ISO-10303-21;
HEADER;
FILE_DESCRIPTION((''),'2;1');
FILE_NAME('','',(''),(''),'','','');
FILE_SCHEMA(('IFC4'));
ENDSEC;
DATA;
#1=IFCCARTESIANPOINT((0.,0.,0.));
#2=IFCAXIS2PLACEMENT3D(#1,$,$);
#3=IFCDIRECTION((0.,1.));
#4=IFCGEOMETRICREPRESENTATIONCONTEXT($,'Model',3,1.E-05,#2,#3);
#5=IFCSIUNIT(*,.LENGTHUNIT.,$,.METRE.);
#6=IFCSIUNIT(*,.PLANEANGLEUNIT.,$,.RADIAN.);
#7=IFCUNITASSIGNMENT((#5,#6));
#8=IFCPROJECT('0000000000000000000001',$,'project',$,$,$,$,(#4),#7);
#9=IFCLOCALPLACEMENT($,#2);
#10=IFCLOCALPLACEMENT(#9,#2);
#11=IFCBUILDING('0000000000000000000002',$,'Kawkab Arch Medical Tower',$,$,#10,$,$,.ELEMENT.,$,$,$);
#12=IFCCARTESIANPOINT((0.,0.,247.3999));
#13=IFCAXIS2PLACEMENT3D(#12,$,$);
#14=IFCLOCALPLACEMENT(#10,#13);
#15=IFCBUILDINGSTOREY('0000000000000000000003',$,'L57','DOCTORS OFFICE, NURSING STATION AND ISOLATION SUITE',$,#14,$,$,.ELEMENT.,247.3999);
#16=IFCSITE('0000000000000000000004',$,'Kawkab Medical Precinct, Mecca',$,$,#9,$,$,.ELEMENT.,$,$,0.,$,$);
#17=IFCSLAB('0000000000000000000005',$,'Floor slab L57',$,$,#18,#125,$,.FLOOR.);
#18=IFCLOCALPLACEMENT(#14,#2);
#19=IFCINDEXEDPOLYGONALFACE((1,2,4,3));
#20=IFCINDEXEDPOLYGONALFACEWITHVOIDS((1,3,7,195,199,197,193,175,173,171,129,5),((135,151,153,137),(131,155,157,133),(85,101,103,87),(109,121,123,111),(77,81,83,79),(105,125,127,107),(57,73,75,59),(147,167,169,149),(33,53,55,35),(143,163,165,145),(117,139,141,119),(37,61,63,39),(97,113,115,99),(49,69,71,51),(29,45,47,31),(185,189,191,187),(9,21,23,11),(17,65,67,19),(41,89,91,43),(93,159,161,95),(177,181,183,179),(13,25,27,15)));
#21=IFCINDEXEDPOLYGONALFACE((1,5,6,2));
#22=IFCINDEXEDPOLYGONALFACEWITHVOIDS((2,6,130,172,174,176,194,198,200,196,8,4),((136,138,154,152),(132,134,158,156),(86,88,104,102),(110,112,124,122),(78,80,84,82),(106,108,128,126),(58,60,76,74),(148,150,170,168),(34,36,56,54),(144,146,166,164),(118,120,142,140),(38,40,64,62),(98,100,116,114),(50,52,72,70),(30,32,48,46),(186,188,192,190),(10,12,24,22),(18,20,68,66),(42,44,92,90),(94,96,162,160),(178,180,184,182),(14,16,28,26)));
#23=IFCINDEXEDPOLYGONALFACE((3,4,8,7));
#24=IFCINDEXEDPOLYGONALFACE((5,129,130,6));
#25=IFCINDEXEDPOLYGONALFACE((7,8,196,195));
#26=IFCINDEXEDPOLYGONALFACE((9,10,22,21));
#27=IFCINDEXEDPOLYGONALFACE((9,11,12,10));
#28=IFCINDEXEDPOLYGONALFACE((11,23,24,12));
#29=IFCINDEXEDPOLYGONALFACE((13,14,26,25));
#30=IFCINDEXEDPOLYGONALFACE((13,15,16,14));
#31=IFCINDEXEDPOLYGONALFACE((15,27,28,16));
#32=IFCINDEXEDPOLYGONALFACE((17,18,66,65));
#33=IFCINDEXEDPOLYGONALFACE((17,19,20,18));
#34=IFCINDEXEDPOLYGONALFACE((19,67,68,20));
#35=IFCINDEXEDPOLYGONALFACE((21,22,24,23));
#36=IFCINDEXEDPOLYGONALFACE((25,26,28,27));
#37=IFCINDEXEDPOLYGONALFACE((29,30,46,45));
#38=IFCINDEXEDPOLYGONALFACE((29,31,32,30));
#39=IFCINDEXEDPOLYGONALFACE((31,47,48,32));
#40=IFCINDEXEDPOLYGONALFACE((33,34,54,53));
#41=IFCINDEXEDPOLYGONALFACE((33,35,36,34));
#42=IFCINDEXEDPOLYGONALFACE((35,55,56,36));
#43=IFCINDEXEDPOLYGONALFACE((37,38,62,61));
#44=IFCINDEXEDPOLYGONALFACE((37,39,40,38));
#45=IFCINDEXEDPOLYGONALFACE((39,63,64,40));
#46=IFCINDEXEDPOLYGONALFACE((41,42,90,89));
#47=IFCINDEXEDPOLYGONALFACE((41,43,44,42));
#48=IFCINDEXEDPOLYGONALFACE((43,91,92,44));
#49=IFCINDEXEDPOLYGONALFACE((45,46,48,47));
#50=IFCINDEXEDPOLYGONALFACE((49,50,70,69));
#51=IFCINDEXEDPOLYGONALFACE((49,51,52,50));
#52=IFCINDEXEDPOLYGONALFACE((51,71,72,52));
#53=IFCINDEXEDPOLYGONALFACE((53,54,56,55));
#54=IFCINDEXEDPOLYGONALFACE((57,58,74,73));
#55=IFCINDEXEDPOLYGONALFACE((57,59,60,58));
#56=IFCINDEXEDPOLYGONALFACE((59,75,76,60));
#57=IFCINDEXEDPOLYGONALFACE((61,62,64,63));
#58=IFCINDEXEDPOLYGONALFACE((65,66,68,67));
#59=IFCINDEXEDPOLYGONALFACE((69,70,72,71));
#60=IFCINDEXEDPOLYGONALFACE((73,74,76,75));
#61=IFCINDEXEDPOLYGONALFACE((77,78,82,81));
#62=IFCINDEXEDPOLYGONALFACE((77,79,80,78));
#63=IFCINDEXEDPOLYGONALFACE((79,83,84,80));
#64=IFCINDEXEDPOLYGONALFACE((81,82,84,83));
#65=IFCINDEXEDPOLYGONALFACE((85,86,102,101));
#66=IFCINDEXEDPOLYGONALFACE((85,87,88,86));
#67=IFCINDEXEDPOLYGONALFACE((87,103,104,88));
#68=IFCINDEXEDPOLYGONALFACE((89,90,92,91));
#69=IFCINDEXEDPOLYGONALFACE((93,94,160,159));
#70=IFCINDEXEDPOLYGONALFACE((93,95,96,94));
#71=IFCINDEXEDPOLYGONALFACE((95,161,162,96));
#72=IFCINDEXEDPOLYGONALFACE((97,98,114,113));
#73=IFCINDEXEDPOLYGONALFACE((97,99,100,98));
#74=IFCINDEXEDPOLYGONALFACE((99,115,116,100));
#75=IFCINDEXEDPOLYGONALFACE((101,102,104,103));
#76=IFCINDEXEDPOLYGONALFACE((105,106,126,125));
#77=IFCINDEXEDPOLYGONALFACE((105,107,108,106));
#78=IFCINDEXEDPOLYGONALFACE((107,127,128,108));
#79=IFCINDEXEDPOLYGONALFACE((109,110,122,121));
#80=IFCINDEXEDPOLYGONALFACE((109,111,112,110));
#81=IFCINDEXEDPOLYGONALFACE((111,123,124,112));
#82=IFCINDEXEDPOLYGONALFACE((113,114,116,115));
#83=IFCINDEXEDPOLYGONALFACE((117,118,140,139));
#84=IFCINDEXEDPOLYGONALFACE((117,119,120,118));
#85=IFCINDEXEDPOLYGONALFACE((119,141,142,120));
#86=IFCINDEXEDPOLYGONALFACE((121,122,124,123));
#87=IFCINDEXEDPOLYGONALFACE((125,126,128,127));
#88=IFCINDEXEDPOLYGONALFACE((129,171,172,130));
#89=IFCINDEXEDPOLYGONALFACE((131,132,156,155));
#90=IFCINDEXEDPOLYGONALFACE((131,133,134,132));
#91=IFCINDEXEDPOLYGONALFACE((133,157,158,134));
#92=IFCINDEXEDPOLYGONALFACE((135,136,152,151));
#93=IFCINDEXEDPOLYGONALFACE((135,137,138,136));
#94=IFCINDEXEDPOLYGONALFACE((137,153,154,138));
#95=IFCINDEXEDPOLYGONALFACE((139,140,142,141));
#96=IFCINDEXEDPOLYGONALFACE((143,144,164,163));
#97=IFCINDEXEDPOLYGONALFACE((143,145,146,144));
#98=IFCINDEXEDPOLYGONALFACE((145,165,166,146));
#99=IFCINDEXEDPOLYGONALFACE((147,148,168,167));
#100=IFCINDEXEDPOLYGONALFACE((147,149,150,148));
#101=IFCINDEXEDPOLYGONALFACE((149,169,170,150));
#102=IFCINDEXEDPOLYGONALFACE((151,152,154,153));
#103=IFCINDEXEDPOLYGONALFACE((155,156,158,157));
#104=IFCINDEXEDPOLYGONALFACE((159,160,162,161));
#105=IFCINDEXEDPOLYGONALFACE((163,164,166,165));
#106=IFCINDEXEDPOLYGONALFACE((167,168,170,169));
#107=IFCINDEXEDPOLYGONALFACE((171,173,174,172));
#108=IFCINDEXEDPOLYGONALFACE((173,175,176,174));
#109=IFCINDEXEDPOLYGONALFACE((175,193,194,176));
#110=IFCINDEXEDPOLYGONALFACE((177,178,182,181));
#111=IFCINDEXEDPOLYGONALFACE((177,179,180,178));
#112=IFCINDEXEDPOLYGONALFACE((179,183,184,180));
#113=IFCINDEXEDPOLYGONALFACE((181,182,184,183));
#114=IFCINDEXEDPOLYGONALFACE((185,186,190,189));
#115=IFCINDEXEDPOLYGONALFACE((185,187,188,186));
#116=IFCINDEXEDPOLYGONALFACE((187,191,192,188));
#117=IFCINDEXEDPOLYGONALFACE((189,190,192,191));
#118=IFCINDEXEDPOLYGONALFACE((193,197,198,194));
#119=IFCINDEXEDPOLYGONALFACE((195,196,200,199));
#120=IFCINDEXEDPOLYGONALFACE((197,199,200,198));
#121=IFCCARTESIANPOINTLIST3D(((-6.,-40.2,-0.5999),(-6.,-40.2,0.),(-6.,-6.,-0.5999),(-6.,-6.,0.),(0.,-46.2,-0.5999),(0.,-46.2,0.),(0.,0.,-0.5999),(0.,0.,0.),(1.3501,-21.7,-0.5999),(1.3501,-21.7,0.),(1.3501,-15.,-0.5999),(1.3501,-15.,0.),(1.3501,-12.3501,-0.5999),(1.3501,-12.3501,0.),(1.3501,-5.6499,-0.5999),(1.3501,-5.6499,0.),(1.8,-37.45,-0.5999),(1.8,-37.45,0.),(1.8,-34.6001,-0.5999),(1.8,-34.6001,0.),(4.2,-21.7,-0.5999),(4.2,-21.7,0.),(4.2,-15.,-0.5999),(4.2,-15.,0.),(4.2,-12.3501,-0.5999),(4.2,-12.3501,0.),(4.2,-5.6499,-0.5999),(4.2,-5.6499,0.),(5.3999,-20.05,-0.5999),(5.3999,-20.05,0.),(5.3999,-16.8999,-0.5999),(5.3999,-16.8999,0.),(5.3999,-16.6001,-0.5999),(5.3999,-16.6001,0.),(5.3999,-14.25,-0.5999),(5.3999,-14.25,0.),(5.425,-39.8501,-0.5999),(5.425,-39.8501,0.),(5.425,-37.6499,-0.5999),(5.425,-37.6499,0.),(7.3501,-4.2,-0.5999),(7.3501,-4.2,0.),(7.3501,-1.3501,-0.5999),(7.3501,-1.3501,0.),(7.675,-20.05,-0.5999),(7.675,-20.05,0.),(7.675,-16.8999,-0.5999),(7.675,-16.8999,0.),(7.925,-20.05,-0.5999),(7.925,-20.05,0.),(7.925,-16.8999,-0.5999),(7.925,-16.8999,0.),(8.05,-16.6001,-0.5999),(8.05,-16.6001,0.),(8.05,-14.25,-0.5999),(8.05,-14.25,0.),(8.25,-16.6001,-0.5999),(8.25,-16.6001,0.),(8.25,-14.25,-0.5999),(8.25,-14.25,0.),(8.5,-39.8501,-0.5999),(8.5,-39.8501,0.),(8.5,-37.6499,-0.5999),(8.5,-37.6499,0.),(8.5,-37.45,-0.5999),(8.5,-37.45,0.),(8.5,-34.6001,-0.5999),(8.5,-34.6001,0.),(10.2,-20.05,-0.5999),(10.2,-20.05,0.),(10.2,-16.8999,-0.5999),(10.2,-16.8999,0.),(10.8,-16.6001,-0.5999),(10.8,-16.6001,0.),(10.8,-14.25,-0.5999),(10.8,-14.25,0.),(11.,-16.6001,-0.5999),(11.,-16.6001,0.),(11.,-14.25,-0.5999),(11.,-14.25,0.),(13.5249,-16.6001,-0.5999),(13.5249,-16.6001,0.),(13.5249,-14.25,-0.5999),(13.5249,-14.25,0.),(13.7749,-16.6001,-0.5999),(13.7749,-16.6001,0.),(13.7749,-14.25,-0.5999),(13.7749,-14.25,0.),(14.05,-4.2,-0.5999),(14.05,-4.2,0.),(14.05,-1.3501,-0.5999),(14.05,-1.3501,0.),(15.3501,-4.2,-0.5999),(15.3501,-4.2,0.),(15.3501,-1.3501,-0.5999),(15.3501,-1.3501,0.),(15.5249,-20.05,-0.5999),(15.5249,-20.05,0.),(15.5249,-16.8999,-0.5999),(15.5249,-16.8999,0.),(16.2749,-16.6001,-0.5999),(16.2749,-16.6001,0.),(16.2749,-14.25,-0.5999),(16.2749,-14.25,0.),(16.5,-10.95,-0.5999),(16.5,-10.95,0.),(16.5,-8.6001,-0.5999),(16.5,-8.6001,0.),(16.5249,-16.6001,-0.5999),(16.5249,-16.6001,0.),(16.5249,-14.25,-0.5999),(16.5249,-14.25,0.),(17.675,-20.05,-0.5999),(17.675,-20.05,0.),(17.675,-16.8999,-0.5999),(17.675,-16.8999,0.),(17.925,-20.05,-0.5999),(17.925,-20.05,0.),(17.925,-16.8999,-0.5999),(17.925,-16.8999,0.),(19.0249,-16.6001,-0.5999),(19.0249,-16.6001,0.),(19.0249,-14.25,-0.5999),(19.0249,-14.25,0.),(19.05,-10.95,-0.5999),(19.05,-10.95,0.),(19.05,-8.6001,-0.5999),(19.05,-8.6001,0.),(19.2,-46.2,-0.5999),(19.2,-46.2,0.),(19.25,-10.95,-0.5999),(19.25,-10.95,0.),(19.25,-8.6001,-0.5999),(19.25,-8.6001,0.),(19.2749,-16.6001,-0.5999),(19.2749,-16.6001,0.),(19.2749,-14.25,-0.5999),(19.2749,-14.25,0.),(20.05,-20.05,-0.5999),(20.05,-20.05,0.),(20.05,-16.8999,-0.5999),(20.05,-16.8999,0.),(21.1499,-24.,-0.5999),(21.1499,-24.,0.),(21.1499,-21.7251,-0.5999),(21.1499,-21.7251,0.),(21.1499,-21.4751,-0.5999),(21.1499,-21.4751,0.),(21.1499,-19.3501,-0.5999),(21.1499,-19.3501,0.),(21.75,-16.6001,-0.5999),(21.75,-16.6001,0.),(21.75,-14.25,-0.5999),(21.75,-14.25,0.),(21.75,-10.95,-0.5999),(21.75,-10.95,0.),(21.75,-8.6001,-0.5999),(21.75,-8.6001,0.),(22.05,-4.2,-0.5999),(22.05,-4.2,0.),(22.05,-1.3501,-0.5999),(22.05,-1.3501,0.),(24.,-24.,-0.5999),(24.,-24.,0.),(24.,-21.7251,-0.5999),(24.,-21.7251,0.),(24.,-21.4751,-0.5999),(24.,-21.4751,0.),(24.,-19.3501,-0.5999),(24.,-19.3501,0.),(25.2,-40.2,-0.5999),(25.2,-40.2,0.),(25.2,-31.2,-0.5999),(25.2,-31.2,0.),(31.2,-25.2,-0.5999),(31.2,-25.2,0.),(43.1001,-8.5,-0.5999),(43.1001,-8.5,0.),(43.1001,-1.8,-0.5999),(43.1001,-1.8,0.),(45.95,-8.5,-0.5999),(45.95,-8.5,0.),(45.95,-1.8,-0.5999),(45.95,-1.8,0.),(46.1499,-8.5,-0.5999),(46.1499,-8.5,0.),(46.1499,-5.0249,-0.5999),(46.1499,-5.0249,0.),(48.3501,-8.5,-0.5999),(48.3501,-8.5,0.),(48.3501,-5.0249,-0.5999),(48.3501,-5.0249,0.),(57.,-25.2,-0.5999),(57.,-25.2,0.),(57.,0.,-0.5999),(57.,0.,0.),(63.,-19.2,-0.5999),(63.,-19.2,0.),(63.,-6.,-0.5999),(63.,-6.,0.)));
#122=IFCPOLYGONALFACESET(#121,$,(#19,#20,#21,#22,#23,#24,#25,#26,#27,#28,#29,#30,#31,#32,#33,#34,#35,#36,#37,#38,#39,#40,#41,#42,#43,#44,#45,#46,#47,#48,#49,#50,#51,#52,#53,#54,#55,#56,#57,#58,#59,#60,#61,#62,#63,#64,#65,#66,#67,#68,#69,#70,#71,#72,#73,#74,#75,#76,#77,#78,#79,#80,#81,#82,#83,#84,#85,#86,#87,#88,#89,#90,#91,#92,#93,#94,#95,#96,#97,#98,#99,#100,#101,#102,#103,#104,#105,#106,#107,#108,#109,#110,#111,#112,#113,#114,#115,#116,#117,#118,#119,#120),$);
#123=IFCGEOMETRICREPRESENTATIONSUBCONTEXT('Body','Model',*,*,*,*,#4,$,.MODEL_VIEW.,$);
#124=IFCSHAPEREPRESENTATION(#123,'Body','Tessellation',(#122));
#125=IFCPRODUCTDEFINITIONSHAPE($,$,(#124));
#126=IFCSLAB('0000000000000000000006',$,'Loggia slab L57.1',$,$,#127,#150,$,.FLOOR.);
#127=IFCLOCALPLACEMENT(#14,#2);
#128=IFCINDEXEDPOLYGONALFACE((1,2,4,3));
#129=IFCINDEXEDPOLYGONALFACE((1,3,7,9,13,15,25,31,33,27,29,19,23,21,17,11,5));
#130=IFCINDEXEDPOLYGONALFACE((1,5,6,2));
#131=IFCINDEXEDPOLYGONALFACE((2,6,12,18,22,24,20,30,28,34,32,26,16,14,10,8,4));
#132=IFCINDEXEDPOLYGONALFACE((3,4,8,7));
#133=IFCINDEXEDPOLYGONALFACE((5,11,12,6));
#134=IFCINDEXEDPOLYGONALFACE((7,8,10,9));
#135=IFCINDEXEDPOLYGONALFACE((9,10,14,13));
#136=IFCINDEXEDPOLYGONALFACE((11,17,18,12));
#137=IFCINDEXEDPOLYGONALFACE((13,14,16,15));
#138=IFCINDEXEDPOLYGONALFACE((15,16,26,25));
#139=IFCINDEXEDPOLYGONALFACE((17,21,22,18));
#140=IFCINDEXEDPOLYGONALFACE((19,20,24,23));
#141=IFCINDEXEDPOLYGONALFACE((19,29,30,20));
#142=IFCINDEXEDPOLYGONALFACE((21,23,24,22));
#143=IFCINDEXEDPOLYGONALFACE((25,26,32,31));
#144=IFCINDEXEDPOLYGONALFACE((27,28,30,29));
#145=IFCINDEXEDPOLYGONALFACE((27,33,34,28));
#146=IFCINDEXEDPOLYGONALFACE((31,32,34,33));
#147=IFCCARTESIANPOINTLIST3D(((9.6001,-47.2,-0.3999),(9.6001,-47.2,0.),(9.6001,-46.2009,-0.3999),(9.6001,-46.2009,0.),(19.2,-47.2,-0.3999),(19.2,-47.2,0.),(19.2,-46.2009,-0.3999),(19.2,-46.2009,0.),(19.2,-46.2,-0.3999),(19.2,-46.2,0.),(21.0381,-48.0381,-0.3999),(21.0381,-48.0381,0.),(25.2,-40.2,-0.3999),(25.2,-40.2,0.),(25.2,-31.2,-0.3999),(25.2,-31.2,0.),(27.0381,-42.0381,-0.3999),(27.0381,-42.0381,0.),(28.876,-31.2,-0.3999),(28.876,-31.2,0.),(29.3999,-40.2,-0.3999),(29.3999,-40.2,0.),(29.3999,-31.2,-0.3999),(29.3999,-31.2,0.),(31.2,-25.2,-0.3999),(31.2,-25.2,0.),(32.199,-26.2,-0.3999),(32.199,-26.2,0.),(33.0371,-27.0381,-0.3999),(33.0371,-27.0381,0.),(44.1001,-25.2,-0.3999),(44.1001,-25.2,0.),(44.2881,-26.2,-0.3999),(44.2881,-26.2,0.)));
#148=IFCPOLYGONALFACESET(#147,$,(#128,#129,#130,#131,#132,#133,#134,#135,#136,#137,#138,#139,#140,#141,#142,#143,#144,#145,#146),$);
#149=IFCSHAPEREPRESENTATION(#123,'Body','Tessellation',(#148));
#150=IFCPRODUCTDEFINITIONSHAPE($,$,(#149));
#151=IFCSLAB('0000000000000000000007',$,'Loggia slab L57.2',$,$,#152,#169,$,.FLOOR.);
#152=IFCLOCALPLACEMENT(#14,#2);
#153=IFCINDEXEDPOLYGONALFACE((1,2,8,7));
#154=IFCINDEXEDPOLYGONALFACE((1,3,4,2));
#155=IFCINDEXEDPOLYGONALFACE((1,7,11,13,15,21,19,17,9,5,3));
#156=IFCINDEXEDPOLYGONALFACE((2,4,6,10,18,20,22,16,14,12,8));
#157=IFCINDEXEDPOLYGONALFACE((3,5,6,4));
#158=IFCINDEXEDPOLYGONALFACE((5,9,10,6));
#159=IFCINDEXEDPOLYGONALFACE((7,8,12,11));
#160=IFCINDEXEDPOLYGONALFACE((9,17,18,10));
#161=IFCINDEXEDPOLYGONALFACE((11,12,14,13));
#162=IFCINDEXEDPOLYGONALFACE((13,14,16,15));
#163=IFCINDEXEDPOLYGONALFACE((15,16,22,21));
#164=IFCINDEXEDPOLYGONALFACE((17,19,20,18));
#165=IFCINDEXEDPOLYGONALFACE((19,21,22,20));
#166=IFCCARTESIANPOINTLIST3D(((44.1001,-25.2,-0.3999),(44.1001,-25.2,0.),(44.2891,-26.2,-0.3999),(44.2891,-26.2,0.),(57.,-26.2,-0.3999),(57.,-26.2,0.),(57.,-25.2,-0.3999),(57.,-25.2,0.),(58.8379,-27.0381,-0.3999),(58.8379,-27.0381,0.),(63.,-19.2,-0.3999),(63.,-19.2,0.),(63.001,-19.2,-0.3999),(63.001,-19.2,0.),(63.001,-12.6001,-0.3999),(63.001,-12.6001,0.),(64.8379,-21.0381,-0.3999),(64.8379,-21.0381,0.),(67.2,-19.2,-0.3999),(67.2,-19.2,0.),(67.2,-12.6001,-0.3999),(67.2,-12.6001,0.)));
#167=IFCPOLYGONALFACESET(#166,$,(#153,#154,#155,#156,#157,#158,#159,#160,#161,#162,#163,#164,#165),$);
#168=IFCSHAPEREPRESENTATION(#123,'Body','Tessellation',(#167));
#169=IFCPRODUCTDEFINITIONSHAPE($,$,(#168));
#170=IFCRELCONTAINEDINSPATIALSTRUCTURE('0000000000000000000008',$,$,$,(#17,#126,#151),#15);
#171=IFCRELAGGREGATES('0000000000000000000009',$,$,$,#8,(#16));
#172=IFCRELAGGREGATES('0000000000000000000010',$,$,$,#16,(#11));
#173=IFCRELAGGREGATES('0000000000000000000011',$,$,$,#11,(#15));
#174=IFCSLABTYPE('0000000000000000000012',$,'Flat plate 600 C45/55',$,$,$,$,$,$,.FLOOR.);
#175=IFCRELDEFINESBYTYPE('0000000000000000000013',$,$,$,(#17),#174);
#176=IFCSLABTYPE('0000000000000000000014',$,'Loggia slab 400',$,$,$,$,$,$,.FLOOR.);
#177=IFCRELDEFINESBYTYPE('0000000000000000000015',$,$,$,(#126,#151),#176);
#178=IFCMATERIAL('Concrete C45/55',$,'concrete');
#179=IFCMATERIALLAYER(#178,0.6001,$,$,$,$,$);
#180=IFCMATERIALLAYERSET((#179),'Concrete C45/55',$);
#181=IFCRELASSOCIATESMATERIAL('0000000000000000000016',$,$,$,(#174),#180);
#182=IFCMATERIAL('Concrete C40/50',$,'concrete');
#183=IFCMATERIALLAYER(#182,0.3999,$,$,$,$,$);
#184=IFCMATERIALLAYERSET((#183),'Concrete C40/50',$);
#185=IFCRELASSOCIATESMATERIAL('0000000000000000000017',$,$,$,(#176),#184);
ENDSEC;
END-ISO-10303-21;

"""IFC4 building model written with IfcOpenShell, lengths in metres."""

from ifc_helpers import new_model, si_unit, direction, frame, origin, place, context, subcontext, project, spatial, polyline, outline, extrude, material, layer, layer_set, type_object, element, save


model = new_model("IFC4")

# Units and contexts
model_context = context("Model", 3, precision=1e-05, world=origin(), true_north=direction((0.0, 1.0)))
body_context = subcontext(model_context, "Body", "Model", "MODEL_VIEW")
ifc_project = project(units=[si_unit("LENGTHUNIT", "METRE"), si_unit("PLANEANGLEUNIT", "RADIAN")], contexts=[model_context])

# Site, building, storey
site_placement = place(None, origin())
site = spatial("IfcSite", under=ifc_project, at=site_placement, Name="Kawkab Medical Precinct, Mecca", CompositionType="ELEMENT", RefElevation=0.0)
building_placement = place(site_placement, origin())
building = spatial("IfcBuilding", under=site, at=building_placement, Name="Kawkab Arch Medical Tower", CompositionType="ELEMENT")
storey_placement = place(building_placement, frame((0.0, 0.0, 247.3999)))
storey = spatial("IfcBuildingStorey", under=building, at=storey_placement, Name="L57", Description="DOCTORS OFFICE, NURSING STATION AND ISOLATION SUITE", CompositionType="ELEMENT", Elevation=247.3999)

# Slabs
ifc_material_1 = material(Name="Concrete C45/55", Category="concrete")
ifc_layer_1 = layer(ifc_material_1, 0.6001)
ifc_layer_set_1 = layer_set([ifc_layer_1], Name="Concrete C45/55")
slab_type_1 = type_object("IfcSlabType", Name="Flat plate 600 C45/55", PredefinedType="FLOOR", material=ifc_layer_set_1)
slab_1_placement = place(storey_placement, frame((0.0, 0.0, -0.5999)))
element("IfcSlab", 1, at=slab_1_placement, inside=storey, type_object=slab_type_1, Name="Floor slab L57", PredefinedType="FLOOR", context=body_context, shape_type="SweptSolid", body=[
    extrude(outline(polyline([(0.0, 0.0), (57.0, 0.0), (63.0, -6.0), (63.0, -19.2), (57.0, -25.2), (31.2, -25.2), (25.2, -31.2), (25.2, -40.2), (19.2, -46.2), (0.0, -46.2), (-6.0, -40.2), (-6.0, -6.0), (0.0, 0.0)]), holes=[polyline([(5.425, -37.6499), (5.425, -39.8501), (8.5, -39.8501), (8.5, -37.6499), (5.425, -37.6499)]), polyline([(8.5, -37.45), (8.5, -34.6001), (1.8, -34.6001), (1.8, -37.45), (8.5, -37.45)]), polyline([(5.3999, -20.05), (7.675, -20.05), (7.675, -16.8999), (5.3999, -16.8999), (5.3999, -20.05)]), polyline([(10.2, -20.05), (10.2, -16.8999), (7.925, -16.8999), (7.925, -20.05), (10.2, -20.05)]), polyline([(4.2, -21.7), (4.2, -15.0), (1.3501, -15.0), (1.3501, -21.7), (4.2, -21.7)]), polyline([(5.3999, -16.6001), (8.05, -16.6001), (8.05, -14.25), (5.3999, -14.25), (5.3999, -16.6001)]), polyline([(8.25, -14.25), (8.25, -16.6001), (10.8, -16.6001), (10.8, -14.25), (8.25, -14.25)]), polyline([(13.5249, -14.25), (11.0, -14.25), (11.0, -16.6001), (13.5249, -16.6001), (13.5249, -14.25)]), polyline([(13.7749, -14.25), (13.7749, -16.6001), (16.2749, -16.6001), (16.2749, -14.25), (13.7749, -14.25)]), polyline([(4.2, -12.3501), (4.2, -5.6499), (1.3501, -5.6499), (1.3501, -12.3501), (4.2, -12.3501)]), polyline([(7.3501, -4.2), (14.05, -4.2), (14.05, -1.3501), (7.3501, -1.3501), (7.3501, -4.2)]), polyline([(24.0, -21.7251), (21.1499, -21.7251), (21.1499, -24.0), (24.0, -24.0), (24.0, -21.7251)]), polyline([(24.0, -19.3501), (21.1499, -19.3501), (21.1499, -21.4751), (24.0, -21.4751), (24.0, -19.3501)]), polyline([(15.5249, -20.05), (17.675, -20.05), (17.675, -16.8999), (15.5249, -16.8999), (15.5249, -20.05)]), polyline([(17.925, -16.8999), (17.925, -20.05), (20.05, -20.05), (20.05, -16.8999), (17.925, -16.8999)]), polyline([(16.5249, -16.6001), (19.0249, -16.6001), (19.0249, -14.25), (16.5249, -14.25), (16.5249, -16.6001)]), polyline([(19.2749, -16.6001), (21.75, -16.6001), (21.75, -14.25), (19.2749, -14.25), (19.2749, -16.6001)]), polyline([(19.05, -8.6001), (16.5, -8.6001), (16.5, -10.95), (19.05, -10.95), (19.05, -8.6001)]), polyline([(19.25, -8.6001), (19.25, -10.95), (21.75, -10.95), (21.75, -8.6001), (19.25, -8.6001)]), polyline([(46.1499, -8.5), (48.3501, -8.5), (48.3501, -5.0249), (46.1499, -5.0249), (46.1499, -8.5)]), polyline([(43.1001, -1.8), (43.1001, -8.5), (45.95, -8.5), (45.95, -1.8), (43.1001, -1.8)]), polyline([(22.05, -1.3501), (15.3501, -1.3501), (15.3501, -4.2), (22.05, -4.2), (22.05, -1.3501)])]), origin(), (0.0, 0.0, 1.0), 0.5999),
])
ifc_material_2 = material(Name="Concrete C40/50", Category="concrete")
ifc_layer_2 = layer(ifc_material_2, 0.3999)
ifc_layer_set_2 = layer_set([ifc_layer_2], Name="Concrete C40/50")
slab_type_2 = type_object("IfcSlabType", Name="Loggia slab 400", PredefinedType="FLOOR", material=ifc_layer_set_2)
placement_1 = place(storey_placement, frame((0.0, 0.0, -0.3999)))
element("IfcSlab", 2, at=placement_1, inside=storey, type_object=slab_type_2, Name="Loggia slab L57.1", PredefinedType="FLOOR", context=body_context, shape_type="SweptSolid", body=[
    extrude(outline(polyline([(9.6001, -46.2009), (19.2, -46.2009), (19.2, -46.2), (25.2, -40.2), (25.2, -31.2), (31.2, -25.2), (44.1001, -25.2), (44.2881, -26.2), (32.199, -26.2), (33.0371, -27.0381), (28.876, -31.2), (29.3999, -31.2), (29.3999, -40.2), (27.0381, -42.0381), (21.0381, -48.0381), (19.2, -47.2), (9.6001, -47.2), (9.6001, -46.2009)])), origin(), (0.0, 0.0, 1.0), 0.3999),
])
element("IfcSlab", 3, at=placement_1, inside=storey, type_object=slab_type_2, Name="Loggia slab L57.2", PredefinedType="FLOOR", context=body_context, shape_type="SweptSolid", body=[
    extrude(outline(polyline([(64.8379, -21.0381), (58.8379, -27.0381), (57.0, -26.2), (44.2891, -26.2), (44.1001, -25.2), (57.0, -25.2), (63.0, -19.2), (63.001, -19.2), (63.001, -12.6001), (67.2, -12.6001), (67.2, -19.2), (64.8379, -21.0381)])), origin(), (0.0, 0.0, 1.0), 0.3999),
])

save(model, "model.ifc")
